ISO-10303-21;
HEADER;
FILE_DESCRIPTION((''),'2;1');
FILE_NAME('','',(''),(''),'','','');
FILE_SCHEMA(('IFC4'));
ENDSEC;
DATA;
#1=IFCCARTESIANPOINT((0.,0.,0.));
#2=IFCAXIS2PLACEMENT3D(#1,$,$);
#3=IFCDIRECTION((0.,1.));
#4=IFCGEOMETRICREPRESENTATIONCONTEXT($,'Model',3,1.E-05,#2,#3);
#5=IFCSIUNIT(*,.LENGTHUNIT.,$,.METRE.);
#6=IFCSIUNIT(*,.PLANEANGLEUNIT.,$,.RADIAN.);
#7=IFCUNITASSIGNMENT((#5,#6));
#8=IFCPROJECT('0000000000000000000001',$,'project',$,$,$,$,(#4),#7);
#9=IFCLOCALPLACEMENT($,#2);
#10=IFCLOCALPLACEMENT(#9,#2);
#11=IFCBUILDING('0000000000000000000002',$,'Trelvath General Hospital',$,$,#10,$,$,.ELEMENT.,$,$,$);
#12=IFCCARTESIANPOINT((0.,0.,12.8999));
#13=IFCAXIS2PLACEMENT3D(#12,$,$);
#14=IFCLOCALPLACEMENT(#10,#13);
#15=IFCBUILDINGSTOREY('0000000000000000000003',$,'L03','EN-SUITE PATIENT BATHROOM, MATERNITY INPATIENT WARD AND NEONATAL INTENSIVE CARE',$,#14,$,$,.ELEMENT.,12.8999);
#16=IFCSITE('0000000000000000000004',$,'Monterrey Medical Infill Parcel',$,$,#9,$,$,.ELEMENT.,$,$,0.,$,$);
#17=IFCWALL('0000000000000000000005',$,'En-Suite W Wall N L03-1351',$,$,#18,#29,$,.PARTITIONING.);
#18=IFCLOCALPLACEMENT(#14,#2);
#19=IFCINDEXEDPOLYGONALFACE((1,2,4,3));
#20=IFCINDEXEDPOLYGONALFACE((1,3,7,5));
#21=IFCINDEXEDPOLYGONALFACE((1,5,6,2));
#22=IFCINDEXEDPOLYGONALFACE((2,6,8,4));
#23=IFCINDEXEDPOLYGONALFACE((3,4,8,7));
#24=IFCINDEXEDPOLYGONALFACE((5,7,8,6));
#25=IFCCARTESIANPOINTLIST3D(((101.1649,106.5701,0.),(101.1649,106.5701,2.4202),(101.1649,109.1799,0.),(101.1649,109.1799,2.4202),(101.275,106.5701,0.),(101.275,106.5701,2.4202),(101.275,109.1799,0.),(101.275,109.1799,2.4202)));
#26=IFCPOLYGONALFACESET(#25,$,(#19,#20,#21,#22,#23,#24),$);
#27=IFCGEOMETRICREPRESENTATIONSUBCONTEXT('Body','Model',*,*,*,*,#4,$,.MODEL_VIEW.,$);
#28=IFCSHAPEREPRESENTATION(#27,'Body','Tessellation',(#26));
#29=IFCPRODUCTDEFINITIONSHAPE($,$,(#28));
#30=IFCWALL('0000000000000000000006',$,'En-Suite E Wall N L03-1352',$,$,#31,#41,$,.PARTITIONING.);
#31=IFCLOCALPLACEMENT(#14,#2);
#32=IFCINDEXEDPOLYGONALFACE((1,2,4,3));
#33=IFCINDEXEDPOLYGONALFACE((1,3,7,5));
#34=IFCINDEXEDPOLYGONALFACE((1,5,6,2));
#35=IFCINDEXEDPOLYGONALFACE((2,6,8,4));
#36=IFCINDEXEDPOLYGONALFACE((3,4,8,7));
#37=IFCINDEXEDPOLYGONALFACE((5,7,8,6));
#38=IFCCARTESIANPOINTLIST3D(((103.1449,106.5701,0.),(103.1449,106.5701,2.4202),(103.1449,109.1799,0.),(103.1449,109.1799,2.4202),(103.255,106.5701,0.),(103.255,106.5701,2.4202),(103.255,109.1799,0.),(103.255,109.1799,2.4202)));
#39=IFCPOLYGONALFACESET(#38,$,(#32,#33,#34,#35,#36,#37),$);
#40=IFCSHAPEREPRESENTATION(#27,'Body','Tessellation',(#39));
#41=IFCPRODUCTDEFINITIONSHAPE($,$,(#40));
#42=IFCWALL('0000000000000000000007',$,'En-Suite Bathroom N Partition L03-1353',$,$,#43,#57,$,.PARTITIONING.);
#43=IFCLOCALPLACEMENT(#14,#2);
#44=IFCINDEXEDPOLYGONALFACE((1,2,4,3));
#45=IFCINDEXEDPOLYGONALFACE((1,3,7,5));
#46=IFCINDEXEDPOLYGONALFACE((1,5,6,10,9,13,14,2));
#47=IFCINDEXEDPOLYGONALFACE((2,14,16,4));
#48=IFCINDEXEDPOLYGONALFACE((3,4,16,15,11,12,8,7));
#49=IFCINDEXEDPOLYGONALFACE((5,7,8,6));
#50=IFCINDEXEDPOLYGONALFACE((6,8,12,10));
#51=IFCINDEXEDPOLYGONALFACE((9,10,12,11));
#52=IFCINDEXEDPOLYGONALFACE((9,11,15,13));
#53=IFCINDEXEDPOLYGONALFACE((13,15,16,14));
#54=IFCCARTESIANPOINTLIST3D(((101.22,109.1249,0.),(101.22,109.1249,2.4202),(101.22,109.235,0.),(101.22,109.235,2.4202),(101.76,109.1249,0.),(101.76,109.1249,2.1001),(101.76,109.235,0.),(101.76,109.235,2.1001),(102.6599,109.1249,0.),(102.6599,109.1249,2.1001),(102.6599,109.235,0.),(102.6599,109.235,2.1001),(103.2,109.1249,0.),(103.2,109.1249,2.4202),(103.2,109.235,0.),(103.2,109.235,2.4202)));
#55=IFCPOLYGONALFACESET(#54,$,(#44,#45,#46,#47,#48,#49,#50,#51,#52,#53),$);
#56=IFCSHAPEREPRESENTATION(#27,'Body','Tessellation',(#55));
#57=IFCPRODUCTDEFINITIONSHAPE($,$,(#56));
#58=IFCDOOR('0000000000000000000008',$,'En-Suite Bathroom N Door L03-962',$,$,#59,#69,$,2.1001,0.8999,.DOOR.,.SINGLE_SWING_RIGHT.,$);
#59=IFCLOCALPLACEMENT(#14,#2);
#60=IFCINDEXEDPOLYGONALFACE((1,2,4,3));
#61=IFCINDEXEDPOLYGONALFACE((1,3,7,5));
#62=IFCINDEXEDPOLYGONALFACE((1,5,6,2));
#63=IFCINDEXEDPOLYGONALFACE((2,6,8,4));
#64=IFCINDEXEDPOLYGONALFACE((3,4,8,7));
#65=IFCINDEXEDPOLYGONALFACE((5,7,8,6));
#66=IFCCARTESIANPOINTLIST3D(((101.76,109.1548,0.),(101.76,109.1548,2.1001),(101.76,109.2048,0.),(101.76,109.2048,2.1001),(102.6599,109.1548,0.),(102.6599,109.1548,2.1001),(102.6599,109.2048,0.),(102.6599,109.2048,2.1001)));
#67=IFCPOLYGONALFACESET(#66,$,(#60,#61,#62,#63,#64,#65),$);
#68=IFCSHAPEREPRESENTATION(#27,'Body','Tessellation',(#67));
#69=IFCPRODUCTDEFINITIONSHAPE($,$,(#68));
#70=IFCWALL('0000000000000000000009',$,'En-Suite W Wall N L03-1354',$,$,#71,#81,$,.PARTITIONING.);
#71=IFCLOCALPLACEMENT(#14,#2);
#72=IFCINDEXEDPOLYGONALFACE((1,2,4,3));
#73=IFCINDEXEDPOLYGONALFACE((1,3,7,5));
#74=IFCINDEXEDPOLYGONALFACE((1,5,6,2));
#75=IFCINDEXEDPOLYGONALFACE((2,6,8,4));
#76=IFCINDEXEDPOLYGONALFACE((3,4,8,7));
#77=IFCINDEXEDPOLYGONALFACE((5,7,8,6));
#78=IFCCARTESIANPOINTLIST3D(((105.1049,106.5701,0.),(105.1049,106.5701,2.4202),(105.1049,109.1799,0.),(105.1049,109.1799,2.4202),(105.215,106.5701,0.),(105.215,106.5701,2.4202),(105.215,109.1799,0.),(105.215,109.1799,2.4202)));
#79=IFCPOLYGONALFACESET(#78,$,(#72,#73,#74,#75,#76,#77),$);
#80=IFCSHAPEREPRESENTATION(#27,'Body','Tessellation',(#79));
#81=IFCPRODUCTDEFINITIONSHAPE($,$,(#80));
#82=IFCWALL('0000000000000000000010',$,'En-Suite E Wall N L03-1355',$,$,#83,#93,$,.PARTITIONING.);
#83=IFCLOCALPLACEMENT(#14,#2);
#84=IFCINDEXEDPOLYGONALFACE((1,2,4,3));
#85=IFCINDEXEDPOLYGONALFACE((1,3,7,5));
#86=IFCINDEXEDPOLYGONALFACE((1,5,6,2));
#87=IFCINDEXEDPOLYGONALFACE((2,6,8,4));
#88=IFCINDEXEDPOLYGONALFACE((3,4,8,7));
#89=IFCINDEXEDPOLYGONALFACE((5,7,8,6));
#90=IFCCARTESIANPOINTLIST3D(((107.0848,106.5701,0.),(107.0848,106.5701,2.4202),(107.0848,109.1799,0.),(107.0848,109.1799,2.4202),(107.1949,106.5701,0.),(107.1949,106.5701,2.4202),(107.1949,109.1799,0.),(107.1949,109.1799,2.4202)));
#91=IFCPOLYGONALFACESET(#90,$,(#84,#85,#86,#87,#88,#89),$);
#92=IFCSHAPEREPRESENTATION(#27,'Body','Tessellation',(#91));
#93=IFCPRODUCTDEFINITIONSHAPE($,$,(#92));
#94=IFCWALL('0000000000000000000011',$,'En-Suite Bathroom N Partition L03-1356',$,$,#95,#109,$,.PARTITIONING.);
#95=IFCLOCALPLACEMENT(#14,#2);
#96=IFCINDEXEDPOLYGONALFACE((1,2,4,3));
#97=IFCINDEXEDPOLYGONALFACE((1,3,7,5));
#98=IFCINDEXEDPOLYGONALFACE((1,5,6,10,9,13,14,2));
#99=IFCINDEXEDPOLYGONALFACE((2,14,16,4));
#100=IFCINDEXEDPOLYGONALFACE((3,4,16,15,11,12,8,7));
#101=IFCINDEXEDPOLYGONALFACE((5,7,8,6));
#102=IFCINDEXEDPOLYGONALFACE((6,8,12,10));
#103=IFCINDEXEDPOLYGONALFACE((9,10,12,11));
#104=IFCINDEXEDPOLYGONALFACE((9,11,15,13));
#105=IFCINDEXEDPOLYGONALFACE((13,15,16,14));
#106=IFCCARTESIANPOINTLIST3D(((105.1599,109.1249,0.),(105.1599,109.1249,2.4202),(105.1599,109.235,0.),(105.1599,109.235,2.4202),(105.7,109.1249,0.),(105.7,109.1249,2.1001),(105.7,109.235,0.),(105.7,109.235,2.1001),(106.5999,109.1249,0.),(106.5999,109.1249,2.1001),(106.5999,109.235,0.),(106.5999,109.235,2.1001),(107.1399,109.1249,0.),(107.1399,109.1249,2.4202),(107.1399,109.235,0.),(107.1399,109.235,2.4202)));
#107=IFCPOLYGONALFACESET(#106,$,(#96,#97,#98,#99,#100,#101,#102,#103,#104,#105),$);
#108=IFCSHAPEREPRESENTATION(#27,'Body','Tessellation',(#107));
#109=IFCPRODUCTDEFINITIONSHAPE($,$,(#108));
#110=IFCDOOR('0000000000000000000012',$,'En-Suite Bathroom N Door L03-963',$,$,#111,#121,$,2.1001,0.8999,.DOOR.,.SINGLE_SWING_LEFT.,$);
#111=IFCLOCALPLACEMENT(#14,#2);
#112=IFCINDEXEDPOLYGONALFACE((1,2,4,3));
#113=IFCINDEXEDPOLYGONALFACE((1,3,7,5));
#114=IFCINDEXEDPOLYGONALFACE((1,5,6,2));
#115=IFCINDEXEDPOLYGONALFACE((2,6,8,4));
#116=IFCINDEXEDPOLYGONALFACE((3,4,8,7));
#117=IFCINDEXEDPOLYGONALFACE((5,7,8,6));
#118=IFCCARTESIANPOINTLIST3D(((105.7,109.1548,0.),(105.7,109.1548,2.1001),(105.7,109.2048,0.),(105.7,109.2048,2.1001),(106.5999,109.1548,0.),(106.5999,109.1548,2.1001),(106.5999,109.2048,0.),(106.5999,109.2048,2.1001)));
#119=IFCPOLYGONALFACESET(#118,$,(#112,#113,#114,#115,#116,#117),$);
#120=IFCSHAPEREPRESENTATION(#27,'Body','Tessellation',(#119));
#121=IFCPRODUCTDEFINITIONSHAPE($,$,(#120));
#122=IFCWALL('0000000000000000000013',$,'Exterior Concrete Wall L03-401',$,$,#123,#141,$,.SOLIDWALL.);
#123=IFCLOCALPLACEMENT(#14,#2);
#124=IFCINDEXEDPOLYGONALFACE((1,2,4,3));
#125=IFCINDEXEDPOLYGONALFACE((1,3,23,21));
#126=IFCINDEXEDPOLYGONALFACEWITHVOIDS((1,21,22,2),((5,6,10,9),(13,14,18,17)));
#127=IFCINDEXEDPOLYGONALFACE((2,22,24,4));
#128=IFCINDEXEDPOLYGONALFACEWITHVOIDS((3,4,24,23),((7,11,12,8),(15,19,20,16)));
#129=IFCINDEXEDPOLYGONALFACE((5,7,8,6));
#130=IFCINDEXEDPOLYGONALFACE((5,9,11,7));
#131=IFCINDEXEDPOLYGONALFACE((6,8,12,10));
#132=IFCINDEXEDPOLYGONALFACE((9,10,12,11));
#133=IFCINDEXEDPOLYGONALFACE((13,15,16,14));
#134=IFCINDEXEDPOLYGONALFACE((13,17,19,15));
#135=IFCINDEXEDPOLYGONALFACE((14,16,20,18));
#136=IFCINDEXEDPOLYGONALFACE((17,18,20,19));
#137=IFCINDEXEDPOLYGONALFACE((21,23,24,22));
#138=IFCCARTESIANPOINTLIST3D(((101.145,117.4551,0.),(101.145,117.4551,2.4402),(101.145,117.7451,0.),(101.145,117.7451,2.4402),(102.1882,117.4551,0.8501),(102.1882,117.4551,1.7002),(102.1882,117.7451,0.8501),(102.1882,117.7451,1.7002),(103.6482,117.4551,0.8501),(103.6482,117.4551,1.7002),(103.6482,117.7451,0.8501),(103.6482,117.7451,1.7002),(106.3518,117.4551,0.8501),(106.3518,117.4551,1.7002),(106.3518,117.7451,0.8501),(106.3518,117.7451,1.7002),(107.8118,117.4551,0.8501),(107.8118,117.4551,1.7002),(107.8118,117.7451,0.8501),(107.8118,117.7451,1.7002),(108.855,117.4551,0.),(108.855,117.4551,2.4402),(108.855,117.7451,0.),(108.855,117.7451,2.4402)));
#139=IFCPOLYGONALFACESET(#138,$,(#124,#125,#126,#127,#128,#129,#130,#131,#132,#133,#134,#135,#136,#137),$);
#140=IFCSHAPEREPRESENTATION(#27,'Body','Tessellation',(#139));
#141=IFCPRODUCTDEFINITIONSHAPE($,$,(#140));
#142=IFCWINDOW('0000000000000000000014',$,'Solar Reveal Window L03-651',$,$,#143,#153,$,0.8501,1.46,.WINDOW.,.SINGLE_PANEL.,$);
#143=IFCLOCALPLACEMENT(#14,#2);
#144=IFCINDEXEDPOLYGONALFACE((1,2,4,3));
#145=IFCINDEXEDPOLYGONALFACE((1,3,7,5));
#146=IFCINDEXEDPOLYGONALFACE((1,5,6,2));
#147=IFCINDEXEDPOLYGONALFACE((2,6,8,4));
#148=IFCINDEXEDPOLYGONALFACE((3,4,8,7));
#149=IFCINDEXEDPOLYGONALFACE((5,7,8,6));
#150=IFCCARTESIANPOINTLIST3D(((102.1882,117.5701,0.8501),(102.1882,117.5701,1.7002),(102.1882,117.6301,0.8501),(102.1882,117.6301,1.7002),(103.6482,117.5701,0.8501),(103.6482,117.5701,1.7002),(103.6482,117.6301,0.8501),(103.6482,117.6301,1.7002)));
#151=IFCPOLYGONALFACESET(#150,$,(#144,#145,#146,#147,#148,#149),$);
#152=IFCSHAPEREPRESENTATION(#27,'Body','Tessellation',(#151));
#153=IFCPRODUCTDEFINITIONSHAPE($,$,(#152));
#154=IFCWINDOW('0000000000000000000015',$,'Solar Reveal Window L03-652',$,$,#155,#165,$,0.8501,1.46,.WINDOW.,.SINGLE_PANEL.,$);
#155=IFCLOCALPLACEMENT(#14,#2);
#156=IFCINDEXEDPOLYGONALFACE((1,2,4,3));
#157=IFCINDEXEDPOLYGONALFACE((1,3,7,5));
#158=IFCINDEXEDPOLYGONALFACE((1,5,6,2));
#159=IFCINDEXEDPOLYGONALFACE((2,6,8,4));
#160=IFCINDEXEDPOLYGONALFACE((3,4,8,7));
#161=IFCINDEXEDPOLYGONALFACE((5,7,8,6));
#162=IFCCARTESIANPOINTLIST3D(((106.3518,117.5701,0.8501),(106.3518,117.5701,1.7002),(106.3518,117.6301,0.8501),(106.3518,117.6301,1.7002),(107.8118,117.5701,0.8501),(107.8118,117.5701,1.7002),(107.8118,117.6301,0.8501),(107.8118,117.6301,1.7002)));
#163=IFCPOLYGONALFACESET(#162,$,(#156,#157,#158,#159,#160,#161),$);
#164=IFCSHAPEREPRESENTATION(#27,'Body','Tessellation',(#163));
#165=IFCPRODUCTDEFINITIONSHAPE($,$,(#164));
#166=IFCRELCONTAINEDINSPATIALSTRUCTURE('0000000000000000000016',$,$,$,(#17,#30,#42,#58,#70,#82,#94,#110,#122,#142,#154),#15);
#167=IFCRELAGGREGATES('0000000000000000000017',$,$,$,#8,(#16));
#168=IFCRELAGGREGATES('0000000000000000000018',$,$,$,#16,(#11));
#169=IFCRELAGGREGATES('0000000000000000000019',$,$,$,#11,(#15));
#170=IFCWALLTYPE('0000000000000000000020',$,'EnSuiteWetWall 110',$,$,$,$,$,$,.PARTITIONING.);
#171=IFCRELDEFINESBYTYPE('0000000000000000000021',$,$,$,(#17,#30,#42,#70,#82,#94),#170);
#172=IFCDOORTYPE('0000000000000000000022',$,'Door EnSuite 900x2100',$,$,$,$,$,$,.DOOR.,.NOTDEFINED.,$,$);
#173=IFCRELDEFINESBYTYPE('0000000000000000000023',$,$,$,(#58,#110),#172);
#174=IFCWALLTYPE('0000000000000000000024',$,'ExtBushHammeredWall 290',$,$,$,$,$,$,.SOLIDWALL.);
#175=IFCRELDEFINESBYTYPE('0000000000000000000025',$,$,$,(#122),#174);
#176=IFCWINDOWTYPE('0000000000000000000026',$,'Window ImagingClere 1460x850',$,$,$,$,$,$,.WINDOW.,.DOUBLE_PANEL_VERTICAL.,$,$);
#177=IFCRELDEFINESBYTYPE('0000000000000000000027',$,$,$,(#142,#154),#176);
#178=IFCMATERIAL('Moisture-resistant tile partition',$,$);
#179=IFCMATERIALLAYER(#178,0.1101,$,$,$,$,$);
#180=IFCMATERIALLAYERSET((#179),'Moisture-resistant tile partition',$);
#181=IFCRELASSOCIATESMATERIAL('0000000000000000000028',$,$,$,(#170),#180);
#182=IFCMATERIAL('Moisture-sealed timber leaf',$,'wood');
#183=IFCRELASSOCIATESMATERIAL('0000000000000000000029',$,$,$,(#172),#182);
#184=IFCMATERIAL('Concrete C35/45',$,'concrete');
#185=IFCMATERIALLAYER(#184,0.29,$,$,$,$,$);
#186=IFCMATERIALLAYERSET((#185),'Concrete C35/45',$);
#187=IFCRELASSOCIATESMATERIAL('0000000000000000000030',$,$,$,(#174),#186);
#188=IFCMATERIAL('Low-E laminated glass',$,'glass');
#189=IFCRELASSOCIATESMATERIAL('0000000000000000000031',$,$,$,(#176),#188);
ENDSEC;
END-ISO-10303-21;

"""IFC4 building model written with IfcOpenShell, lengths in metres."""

from ifc_helpers import new_model, si_unit, direction, frame, frame_2d, origin, place, context, subcontext, project, spatial, rectangle, extrude, material, layer, layer_set, type_object, element, fill, save


model = new_model("IFC4")

# Units and contexts
model_context = context("Model", 3, precision=1e-05, world=origin(), true_north=direction((0.0, 1.0)))
body_context = subcontext(model_context, "Body", "Model", "MODEL_VIEW")
ifc_project = project(units=[si_unit("LENGTHUNIT", "METRE"), si_unit("PLANEANGLEUNIT", "RADIAN")], contexts=[model_context])

# Site, building, storey
site_placement = place(None, origin())
site = spatial("IfcSite", under=ifc_project, at=site_placement, Name="Monterrey Medical Infill Parcel", CompositionType="ELEMENT", RefElevation=0.0)
building_placement = place(site_placement, origin())
building = spatial("IfcBuilding", under=site, at=building_placement, Name="Trelvath General Hospital", CompositionType="ELEMENT")
storey_placement = place(building_placement, frame((0.0, 0.0, 12.8999)))
storey = spatial("IfcBuildingStorey", under=building, at=storey_placement, Name="L03", Description="EN-SUITE PATIENT BATHROOM, MATERNITY INPATIENT WARD AND NEONATAL INTENSIVE CARE", CompositionType="ELEMENT", Elevation=12.8999)

# Walls
ifc_material_1 = material(Name="Moisture-resistant tile partition")
ifc_layer_1 = layer(ifc_material_1, 0.1101)
ifc_layer_set_1 = layer_set([ifc_layer_1], Name="Moisture-resistant tile partition")
wall_type_1 = type_object("IfcWallType", Name="EnSuiteWetWall 110", PredefinedType="PARTITIONING", material=ifc_layer_set_1)
for number, where, z_axis, x_axis, name in (
    (1, (101.22, 106.5701, 0.0), (0.0, 0.0, 1.0), (0.0, 1.0, 0.0), "En-Suite W Wall N L03-1351"),
    (2, (103.2, 106.5701, 0.0), (0.0, 0.0, 1.0), (0.0, 1.0, 0.0), "En-Suite E Wall N L03-1352"),
):
    element("IfcWall", number, at=place(storey_placement, frame(where, z_axis=z_axis, x_axis=x_axis)), inside=storey, type_object=wall_type_1, Name=name, PredefinedType="PARTITIONING", context=body_context, shape_type="SweptSolid", body=[
        extrude(rectangle(XDim=2.6099, YDim=0.1101, at=frame_2d((1.3049, 0.0))), origin(), (0.0, 0.0, 1.0), 2.4202),
    ])

# Wall, opening, door
wall_1_placement = place(storey_placement, frame((101.22, 109.1799, 0.0), z_axis=(0.0, 0.0, 1.0), x_axis=(1.0, 0.0, 0.0)))
wall_1 = element("IfcWall", 3, at=wall_1_placement, inside=storey, type_object=wall_type_1, Name="En-Suite Bathroom N Partition L03-1353", PredefinedType="PARTITIONING", context=body_context, shape_type="SweptSolid", body=[
    extrude(rectangle(XDim=1.98, YDim=0.1101, at=frame_2d((0.99, 0.0))), origin(), (0.0, 0.0, 1.0), 2.4202),
])
opening_1_placement = place(wall_1_placement, frame((0.54, 0.0, 0.0)))
opening_1 = element("IfcOpeningElement", 4, at=opening_1_placement, cuts=wall_1, PredefinedType="OPENING", context=body_context, shape_type="SweptSolid", body=[
    extrude(rectangle(XDim=0.8999, YDim=2.1001, at=frame_2d((0.45, 1.05))), frame((0.0, 0.0649, 0.0), z_axis=(0.0, -1.0, 0.0), x_axis=(1.0, 0.0, 0.0)), (0.0, 0.0, 1.0), 0.1301),
])
ifc_material_2 = material(Name="Moisture-sealed timber leaf", Category="wood")
door_type = type_object("IfcDoorType", Name="Door EnSuite 900x2100", OperationType="NOTDEFINED", PredefinedType="DOOR", material=ifc_material_2)
door_1_placement = place(opening_1_placement, origin())
door_1 = element("IfcDoor", 5, at=door_1_placement, inside=storey, type_object=door_type, Name="En-Suite Bathroom N Door L03-962", OperationType="SINGLE_SWING_RIGHT", OverallHeight=2.1001, OverallWidth=0.8999, PredefinedType="DOOR", context=body_context, shape_type="SweptSolid", body=[
    extrude(rectangle(XDim=0.8999, YDim=2.1001, at=frame_2d((0.45, 1.05))), frame((0.0, 0.0249, 0.0), z_axis=(0.0, -1.0, 0.0), x_axis=(1.0, 0.0, 0.0)), (0.0, 0.0, 1.0), 0.05),
])
fill(opening_1, door_1)

# Walls
for number, where, z_axis, x_axis, name in (
    (6, (105.1599, 106.5701, 0.0), (0.0, 0.0, 1.0), (0.0, 1.0, 0.0), "En-Suite W Wall N L03-1354"),
    (7, (107.1399, 106.5701, 0.0), (0.0, 0.0, 1.0), (0.0, 1.0, 0.0), "En-Suite E Wall N L03-1355"),
):
    element("IfcWall", number, at=place(storey_placement, frame(where, z_axis=z_axis, x_axis=x_axis)), inside=storey, type_object=wall_type_1, Name=name, PredefinedType="PARTITIONING", context=body_context, shape_type="SweptSolid", body=[
        extrude(rectangle(XDim=2.6099, YDim=0.1101, at=frame_2d((1.3049, 0.0))), origin(), (0.0, 0.0, 1.0), 2.4202),
    ])

# Wall, opening, door
wall_2_placement = place(storey_placement, frame((105.1599, 109.1799, 0.0), z_axis=(0.0, 0.0, 1.0), x_axis=(1.0, 0.0, 0.0)))
wall_2 = element("IfcWall", 8, at=wall_2_placement, inside=storey, type_object=wall_type_1, Name="En-Suite Bathroom N Partition L03-1356", PredefinedType="PARTITIONING", context=body_context, shape_type="SweptSolid", body=[
    extrude(rectangle(XDim=1.98, YDim=0.1101, at=frame_2d((0.99, 0.0))), origin(), (0.0, 0.0, 1.0), 2.4202),
])
opening_2_placement = place(wall_2_placement, frame((0.54, 0.0, 0.0)))
opening_2 = element("IfcOpeningElement", 9, at=opening_2_placement, cuts=wall_2, PredefinedType="OPENING", context=body_context, shape_type="SweptSolid", body=[
    extrude(rectangle(XDim=0.8999, YDim=2.1001, at=frame_2d((0.45, 1.05))), frame((0.0, 0.0649, 0.0), z_axis=(0.0, -1.0, 0.0), x_axis=(1.0, 0.0, 0.0)), (0.0, 0.0, 1.0), 0.1301),
])
door_2_placement = place(opening_2_placement, origin())
door_2 = element("IfcDoor", 10, at=door_2_placement, inside=storey, type_object=door_type, Name="En-Suite Bathroom N Door L03-963", OperationType="SINGLE_SWING_LEFT", OverallHeight=2.1001, OverallWidth=0.8999, PredefinedType="DOOR", context=body_context, shape_type="SweptSolid", body=[
    extrude(rectangle(XDim=0.8999, YDim=2.1001, at=frame_2d((0.45, 1.05))), frame((0.0, 0.0249, 0.0), z_axis=(0.0, -1.0, 0.0), x_axis=(1.0, 0.0, 0.0)), (0.0, 0.0, 1.0), 0.05),
])
fill(opening_2, door_2)

# Wall, openings, windows
ifc_material_3 = material(Name="Concrete C35/45", Category="concrete")
ifc_layer_2 = layer(ifc_material_3, 0.29)
ifc_layer_set_2 = layer_set([ifc_layer_2], Name="Concrete C35/45")
wall_type_2 = type_object("IfcWallType", Name="ExtBushHammeredWall 290", PredefinedType="SOLIDWALL", material=ifc_layer_set_2)
wall_3_placement = place(storey_placement, frame((101.145, 117.6001, 0.0), z_axis=(0.0, 0.0, 1.0), x_axis=(1.0, 0.0, 0.0)))
wall_3 = element("IfcWall", 11, at=wall_3_placement, inside=storey, type_object=wall_type_2, Name="Exterior Concrete Wall L03-401", PredefinedType="SOLIDWALL", context=body_context, shape_type="SweptSolid", body=[
    extrude(rectangle(XDim=7.71, YDim=0.29, at=frame_2d((3.855, 0.0))), origin(), (0.0, 0.0, 1.0), 2.4402),
])
opening_3_placement = place(wall_3_placement, frame((1.0432, 0.0, 0.8501)))
opening_3 = element("IfcOpeningElement", 12, at=opening_3_placement, cuts=wall_3, PredefinedType="OPENING", context=body_context, shape_type="SweptSolid", body=[
    extrude(rectangle(XDim=1.46, YDim=0.8501, at=frame_2d((0.73, 0.425))), frame((0.0, 0.155, 0.0), z_axis=(0.0, -1.0, 0.0), x_axis=(1.0, 0.0, 0.0)), (0.0, 0.0, 1.0), 0.3101),
])
opening_4_placement = place(wall_3_placement, frame((5.2068, 0.0, 0.8501)))
opening_4 = element("IfcOpeningElement", 13, at=opening_4_placement, cuts=wall_3, PredefinedType="OPENING", context=body_context, shape_type="SweptSolid", body=[
    extrude(rectangle(XDim=1.46, YDim=0.8501, at=frame_2d((0.73, 0.425))), frame((0.0, 0.155, 0.0), z_axis=(0.0, -1.0, 0.0), x_axis=(1.0, 0.0, 0.0)), (0.0, 0.0, 1.0), 0.3101),
])
ifc_material_4 = material(Name="Low-E laminated glass", Category="glass")
window_type_1 = type_object("IfcWindowType", Name="Window ImagingClere 1460x850", PartitioningType="DOUBLE_PANEL_VERTICAL", PredefinedType="WINDOW", material=ifc_material_4)
window_1_placement = place(opening_3_placement, origin())
window_1 = element("IfcWindow", 14, at=window_1_placement, inside=storey, type_object=window_type_1, Name="Solar Reveal Window L03-651", OverallHeight=0.8501, OverallWidth=1.46, PartitioningType="SINGLE_PANEL", PredefinedType="WINDOW", context=body_context, shape_type="SweptSolid", body=[
    extrude(rectangle(XDim=1.46, YDim=0.8501, at=frame_2d((0.73, 0.425))), frame((0.0, 0.03, 0.0), z_axis=(0.0, -1.0, 0.0), x_axis=(1.0, 0.0, 0.0)), (0.0, 0.0, 1.0), 0.0601),
])
fill(opening_3, window_1)
window_2_placement = place(opening_4_placement, origin())
window_2 = element("IfcWindow", 15, at=window_2_placement, inside=storey, type_object=window_type_1, Name="Solar Reveal Window L03-652", OverallHeight=0.8501, OverallWidth=1.46, PartitioningType="SINGLE_PANEL", PredefinedType="WINDOW", context=body_context, shape_type="SweptSolid", body=[
    extrude(rectangle(XDim=1.46, YDim=0.8501, at=frame_2d((0.73, 0.425))), frame((0.0, 0.03, 0.0), z_axis=(0.0, -1.0, 0.0), x_axis=(1.0, 0.0, 0.0)), (0.0, 0.0, 1.0), 0.0601),
])
fill(opening_4, window_2)

save(model, "model.ifc")
